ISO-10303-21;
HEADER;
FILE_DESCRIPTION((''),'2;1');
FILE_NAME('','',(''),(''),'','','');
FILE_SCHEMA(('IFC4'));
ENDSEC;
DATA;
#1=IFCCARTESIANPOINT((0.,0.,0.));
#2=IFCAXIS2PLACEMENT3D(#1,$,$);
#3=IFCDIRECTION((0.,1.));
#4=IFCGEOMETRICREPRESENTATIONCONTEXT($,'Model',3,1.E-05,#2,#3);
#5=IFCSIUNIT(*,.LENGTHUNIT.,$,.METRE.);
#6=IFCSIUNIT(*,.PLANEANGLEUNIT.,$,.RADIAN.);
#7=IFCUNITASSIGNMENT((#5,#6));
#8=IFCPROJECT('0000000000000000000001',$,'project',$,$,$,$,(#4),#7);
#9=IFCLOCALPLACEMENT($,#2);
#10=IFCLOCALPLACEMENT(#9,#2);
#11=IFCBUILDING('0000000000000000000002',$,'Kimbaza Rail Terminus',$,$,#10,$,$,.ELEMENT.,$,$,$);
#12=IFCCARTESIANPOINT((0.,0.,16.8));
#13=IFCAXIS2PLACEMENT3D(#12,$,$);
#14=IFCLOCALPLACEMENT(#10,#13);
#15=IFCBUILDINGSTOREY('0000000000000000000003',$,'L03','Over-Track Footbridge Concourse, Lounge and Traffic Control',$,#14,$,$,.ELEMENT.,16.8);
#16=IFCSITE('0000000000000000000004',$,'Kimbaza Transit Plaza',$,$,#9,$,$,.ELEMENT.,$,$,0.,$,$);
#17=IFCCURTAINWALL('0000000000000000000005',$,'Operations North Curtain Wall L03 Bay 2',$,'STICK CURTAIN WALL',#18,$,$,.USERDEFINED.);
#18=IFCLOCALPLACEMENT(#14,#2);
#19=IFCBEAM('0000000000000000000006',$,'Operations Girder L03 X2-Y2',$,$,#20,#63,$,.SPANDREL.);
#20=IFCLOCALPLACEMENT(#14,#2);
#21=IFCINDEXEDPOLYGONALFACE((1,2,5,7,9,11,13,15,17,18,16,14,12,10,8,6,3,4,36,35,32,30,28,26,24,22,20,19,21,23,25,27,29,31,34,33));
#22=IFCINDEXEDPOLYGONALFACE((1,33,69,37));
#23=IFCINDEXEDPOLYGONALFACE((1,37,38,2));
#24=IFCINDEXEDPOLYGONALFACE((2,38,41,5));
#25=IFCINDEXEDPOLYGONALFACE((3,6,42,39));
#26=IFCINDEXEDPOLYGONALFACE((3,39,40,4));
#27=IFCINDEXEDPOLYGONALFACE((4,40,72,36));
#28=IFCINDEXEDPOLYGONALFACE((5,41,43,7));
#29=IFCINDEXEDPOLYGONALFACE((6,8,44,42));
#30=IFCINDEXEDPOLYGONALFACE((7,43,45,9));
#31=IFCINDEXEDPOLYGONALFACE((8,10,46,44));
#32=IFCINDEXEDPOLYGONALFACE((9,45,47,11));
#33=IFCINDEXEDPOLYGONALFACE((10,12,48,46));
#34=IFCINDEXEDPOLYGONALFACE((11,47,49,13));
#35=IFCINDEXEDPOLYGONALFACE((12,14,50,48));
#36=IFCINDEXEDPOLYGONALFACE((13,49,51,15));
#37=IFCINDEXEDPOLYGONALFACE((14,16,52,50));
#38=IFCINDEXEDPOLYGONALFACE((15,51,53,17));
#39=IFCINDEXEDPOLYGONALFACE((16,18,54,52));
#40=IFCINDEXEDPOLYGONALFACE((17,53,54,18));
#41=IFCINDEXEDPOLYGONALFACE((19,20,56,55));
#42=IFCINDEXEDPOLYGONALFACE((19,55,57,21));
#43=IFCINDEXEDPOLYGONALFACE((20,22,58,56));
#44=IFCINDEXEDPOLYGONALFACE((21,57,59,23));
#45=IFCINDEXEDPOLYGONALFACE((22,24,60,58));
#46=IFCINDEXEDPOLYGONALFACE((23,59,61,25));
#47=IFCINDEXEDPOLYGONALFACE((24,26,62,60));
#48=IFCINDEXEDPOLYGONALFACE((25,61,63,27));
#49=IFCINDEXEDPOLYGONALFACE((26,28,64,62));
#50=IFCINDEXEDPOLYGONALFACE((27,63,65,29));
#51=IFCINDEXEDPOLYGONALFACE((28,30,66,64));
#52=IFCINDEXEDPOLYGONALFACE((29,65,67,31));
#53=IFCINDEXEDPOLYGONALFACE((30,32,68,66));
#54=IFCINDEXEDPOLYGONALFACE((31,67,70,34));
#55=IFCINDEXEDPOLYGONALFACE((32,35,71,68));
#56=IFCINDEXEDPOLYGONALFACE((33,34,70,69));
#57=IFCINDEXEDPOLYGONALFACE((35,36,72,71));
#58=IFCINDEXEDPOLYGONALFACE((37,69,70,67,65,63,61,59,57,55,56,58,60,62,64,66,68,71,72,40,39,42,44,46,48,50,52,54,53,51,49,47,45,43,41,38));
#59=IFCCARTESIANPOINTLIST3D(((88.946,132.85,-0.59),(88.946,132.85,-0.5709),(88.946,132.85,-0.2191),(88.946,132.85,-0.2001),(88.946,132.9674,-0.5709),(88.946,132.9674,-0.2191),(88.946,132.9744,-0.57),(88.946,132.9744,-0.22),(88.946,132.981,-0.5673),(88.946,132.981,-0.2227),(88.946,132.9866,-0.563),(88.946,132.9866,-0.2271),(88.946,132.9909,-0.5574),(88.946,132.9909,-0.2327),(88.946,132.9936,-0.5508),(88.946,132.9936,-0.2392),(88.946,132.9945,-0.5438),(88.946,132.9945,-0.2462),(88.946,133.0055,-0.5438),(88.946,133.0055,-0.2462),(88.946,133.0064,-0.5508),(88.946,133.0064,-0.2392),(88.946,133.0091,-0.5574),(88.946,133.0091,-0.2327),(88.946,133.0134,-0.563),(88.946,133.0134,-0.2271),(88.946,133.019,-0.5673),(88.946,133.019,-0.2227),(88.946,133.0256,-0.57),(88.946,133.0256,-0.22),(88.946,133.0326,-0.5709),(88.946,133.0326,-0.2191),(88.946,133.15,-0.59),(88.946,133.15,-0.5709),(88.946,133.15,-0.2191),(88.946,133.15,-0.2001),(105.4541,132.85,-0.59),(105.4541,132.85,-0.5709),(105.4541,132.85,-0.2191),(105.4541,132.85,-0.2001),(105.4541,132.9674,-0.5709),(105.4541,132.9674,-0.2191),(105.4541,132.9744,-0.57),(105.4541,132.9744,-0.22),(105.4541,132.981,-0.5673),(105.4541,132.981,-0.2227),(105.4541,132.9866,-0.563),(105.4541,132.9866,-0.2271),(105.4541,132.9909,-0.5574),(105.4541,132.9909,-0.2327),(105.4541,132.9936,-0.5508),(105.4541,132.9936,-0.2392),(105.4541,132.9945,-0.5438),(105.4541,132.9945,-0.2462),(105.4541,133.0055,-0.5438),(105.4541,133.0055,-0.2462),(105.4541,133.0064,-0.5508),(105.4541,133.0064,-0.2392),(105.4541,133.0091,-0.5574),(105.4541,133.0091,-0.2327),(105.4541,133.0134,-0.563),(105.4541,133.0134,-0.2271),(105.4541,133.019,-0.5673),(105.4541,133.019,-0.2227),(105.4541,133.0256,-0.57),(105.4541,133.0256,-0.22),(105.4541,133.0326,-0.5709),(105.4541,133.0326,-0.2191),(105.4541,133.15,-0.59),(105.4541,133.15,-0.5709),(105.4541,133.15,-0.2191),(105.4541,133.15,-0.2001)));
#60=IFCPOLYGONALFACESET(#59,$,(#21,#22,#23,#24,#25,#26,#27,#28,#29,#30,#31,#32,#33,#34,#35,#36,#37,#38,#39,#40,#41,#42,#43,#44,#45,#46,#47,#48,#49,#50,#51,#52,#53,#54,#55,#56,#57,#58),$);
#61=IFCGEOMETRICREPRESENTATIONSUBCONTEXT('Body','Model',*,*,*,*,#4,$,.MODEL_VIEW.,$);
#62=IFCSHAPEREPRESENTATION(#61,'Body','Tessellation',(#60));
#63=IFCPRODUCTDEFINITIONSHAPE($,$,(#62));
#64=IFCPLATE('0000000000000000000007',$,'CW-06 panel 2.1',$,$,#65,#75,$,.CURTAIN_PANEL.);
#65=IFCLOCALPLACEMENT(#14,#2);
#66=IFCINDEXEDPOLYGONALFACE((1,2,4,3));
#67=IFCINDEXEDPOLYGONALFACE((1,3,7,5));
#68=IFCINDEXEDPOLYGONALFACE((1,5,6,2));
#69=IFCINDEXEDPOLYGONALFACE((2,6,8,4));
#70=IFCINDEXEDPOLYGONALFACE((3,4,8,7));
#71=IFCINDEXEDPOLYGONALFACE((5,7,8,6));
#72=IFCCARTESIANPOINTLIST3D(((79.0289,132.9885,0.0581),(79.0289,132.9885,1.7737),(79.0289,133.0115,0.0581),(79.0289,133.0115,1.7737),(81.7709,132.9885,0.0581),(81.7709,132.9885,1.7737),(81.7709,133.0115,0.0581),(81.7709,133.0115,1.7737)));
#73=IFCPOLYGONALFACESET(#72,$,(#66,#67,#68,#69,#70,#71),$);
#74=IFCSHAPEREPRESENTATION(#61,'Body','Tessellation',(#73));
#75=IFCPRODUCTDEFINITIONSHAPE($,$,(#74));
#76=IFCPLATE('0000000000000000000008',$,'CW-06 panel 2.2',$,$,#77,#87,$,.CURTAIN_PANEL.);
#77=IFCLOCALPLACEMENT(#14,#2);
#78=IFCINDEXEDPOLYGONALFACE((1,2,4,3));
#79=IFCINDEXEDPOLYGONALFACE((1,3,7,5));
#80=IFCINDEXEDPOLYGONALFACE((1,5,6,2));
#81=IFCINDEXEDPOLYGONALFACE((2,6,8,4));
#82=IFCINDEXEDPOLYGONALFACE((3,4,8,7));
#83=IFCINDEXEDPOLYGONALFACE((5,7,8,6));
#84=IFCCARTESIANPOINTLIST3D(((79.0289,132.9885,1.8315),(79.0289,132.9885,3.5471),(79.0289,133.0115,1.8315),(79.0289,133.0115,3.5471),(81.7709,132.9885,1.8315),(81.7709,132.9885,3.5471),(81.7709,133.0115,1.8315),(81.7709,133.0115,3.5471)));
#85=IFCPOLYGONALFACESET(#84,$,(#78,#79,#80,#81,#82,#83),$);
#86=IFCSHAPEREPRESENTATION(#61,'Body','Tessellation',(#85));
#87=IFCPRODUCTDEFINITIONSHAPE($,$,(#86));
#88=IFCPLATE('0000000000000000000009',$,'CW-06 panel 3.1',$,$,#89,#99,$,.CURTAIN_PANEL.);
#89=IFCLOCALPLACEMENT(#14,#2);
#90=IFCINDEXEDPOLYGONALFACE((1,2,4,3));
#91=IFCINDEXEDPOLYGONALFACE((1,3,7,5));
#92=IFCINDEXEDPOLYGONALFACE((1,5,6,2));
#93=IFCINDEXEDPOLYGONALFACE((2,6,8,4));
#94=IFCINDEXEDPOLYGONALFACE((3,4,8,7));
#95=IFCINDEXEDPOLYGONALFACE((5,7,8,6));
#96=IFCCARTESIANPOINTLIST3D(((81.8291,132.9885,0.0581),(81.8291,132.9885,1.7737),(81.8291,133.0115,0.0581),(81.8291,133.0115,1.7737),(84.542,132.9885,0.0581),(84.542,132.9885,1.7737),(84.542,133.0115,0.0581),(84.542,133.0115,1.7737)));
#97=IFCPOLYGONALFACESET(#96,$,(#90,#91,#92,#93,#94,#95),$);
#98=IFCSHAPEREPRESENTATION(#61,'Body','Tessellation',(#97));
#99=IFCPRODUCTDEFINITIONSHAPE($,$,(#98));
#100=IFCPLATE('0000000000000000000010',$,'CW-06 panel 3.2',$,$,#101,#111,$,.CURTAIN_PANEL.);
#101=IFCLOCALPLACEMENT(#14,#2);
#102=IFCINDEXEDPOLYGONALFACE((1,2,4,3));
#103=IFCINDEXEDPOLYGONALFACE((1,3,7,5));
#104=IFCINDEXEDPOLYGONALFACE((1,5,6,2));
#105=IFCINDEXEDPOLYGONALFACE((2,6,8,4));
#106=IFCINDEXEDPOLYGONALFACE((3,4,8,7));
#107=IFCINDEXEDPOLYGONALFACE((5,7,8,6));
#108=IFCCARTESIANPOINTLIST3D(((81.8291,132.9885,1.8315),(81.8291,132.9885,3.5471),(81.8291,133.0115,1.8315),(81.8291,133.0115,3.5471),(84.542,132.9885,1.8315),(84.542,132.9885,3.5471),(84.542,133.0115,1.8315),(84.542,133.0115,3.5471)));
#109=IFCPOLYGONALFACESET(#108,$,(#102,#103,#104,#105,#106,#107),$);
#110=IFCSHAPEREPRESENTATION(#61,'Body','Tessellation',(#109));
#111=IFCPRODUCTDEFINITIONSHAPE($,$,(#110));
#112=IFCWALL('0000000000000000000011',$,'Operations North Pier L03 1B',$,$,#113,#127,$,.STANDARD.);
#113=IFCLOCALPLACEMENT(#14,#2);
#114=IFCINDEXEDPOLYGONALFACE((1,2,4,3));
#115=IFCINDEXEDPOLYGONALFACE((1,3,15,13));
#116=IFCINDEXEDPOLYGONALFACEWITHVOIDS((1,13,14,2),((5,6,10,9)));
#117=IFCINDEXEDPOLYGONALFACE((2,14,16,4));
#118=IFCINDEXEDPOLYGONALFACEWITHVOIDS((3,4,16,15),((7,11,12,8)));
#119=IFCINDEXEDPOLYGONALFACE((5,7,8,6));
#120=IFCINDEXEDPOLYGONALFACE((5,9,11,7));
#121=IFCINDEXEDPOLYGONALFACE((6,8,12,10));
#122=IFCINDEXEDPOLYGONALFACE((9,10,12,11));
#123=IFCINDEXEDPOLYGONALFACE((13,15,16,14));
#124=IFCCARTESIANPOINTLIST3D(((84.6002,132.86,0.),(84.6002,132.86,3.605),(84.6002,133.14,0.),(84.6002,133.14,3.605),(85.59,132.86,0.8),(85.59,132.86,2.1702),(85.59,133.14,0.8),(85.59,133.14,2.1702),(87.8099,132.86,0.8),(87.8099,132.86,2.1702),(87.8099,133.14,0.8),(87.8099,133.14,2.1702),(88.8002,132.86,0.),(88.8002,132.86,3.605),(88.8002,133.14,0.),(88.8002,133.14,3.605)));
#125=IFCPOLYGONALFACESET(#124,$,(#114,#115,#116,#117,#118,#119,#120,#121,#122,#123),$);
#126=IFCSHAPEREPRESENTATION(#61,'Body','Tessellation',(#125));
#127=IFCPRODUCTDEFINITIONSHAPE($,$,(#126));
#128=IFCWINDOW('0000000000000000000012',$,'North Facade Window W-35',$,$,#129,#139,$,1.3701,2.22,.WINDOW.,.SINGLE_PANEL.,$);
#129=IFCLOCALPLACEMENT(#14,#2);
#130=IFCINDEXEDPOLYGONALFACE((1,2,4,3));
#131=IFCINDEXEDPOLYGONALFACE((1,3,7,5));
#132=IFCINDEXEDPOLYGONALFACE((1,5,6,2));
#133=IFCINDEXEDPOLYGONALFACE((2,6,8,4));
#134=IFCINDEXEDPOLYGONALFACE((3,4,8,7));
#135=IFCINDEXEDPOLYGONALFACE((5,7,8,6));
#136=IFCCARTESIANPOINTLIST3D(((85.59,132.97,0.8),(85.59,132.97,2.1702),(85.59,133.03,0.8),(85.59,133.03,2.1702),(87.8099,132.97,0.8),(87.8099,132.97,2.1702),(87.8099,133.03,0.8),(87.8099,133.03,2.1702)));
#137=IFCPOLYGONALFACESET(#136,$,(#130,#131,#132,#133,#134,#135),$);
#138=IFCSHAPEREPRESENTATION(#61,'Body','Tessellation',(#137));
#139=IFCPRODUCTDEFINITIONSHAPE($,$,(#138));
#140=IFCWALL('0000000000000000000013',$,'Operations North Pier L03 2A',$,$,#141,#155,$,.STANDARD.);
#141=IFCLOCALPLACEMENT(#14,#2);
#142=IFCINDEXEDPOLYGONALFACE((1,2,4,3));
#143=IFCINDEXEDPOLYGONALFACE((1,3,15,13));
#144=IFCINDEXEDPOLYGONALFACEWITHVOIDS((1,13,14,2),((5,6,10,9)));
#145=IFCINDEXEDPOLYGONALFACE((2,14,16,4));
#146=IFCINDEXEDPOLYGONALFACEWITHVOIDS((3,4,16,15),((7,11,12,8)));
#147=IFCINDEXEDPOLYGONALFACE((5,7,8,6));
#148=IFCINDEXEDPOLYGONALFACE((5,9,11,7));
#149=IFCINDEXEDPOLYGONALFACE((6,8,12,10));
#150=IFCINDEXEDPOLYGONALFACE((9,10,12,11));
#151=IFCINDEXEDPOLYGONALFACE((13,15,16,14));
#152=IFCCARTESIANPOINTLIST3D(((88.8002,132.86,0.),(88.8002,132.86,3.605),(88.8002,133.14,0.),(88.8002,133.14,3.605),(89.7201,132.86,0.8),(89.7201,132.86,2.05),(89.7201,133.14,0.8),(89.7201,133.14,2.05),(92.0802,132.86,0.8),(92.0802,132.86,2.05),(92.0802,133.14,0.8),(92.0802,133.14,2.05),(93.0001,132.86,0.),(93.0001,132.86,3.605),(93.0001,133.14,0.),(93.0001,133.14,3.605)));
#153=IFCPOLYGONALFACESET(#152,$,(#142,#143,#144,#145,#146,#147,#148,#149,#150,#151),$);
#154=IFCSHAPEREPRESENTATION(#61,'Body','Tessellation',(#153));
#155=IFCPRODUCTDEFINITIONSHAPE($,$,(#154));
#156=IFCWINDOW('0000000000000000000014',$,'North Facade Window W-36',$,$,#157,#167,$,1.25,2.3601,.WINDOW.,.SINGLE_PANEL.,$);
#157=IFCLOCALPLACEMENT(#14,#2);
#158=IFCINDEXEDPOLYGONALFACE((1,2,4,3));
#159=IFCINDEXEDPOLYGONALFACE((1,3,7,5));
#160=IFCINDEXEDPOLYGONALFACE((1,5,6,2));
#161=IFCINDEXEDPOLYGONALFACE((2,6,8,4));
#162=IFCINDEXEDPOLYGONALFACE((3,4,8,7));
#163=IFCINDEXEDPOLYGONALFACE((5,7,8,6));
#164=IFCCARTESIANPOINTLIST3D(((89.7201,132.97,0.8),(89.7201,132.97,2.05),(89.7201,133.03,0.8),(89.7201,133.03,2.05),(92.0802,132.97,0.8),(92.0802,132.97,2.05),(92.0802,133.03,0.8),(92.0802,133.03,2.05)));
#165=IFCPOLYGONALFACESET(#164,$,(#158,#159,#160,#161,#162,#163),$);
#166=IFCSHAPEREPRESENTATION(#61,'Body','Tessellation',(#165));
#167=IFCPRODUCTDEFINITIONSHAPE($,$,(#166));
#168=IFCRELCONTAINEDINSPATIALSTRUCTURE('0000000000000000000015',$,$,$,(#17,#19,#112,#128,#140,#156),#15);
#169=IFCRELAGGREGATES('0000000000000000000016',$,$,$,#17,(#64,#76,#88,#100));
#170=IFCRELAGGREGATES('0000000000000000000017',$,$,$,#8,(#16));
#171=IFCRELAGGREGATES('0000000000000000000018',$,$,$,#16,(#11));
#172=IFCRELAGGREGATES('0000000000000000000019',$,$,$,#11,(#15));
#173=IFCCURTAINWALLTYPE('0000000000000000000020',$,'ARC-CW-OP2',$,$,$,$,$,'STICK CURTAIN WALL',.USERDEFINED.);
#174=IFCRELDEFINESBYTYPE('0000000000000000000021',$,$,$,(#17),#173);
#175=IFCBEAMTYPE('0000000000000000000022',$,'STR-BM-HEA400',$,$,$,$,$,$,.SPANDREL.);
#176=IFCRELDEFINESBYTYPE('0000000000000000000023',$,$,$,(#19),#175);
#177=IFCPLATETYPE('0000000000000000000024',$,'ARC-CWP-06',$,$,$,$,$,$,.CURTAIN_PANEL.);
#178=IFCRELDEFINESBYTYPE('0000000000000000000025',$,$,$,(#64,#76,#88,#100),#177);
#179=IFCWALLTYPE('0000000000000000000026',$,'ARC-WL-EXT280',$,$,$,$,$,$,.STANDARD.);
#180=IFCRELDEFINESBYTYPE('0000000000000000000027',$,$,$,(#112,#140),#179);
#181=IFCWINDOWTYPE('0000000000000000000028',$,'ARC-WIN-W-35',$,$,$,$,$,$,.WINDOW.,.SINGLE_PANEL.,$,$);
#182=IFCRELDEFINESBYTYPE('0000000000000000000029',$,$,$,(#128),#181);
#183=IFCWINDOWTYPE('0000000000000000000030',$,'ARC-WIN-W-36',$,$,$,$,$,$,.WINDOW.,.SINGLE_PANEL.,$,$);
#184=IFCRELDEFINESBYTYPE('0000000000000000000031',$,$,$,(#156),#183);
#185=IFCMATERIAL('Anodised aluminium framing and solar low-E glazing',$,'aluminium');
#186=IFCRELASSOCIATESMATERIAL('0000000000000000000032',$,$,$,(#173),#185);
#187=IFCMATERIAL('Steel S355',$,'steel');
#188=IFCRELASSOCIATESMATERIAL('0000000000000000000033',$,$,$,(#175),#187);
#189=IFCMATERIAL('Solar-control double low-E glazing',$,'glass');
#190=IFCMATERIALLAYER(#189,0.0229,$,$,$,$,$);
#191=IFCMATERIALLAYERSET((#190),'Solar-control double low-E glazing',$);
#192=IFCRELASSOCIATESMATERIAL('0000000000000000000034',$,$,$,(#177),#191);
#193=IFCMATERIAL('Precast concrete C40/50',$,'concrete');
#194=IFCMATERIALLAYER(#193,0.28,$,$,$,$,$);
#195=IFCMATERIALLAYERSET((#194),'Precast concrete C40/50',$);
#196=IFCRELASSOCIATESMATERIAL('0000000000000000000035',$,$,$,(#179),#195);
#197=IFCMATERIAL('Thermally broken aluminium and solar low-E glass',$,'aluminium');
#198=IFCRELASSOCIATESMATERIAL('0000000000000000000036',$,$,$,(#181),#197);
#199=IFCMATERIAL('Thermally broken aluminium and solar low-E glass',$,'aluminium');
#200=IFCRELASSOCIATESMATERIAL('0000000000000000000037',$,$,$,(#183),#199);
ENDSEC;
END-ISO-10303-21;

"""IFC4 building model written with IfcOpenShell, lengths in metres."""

from ifc_helpers import new_model, si_unit, direction, frame, frame_2d, origin, origin_2d, place, context, subcontext, project, spatial, rectangle, i_section, extrude, material, layer, layer_set, material_profile, profile_set, type_object, element, fill, aggregate, save


model = new_model("IFC4")

# Units and contexts
model_context = context("Model", 3, precision=1e-05, world=origin(), true_north=direction((0.0, 1.0)))
body_context = subcontext(model_context, "Body", "Model", "MODEL_VIEW")
ifc_project = project(units=[si_unit("LENGTHUNIT", "METRE"), si_unit("PLANEANGLEUNIT", "RADIAN")], contexts=[model_context])

# Site, building, storey
site_placement = place(None, origin())
site = spatial("IfcSite", under=ifc_project, at=site_placement, Name="Kimbaza Transit Plaza", CompositionType="ELEMENT", RefElevation=0.0)
building_placement = place(site_placement, origin())
building = spatial("IfcBuilding", under=site, at=building_placement, Name="Kimbaza Rail Terminus", CompositionType="ELEMENT")
storey_placement = place(building_placement, frame((0.0, 0.0, 16.8)))
storey = spatial("IfcBuildingStorey", under=building, at=storey_placement, Name="L03", Description="Over-Track Footbridge Concourse, Lounge and Traffic Control", CompositionType="ELEMENT", Elevation=16.8)

# Curtain wall
ifc_material_1 = material(Name="Anodised aluminium framing and solar low-E glazing", Category="aluminium")
curtain_wall_type = type_object("IfcCurtainWallType", Name="ARC-CW-OP2", ElementType="STICK CURTAIN WALL", PredefinedType="USERDEFINED", material=ifc_material_1)
curtain_wall_1_placement = place(storey_placement, origin())
curtain_wall_1 = element("IfcCurtainWall", 1, at=curtain_wall_1_placement, inside=storey, type_object=curtain_wall_type, Name="Operations North Curtain Wall L03 Bay 2", ObjectType="STICK CURTAIN WALL", PredefinedType="USERDEFINED")

# Beam
ifc_material_2 = material(Name="Steel S355", Category="steel")
ifc_material_profile_1 = material_profile(ifc_material_2, i_section(OverallWidth=0.3, OverallDepth=0.3899, WebThickness=0.011, FlangeThickness=0.019, FilletRadius=0.0271, at=origin_2d()), Name="HEA 400")
ifc_profile_set_1 = profile_set([ifc_material_profile_1], Name="Steel S355")
beam_type = type_object("IfcBeamType", Name="STR-BM-HEA400", PredefinedType="SPANDREL", material=ifc_profile_set_1)
beam_placement = place(storey_placement, frame((88.946, 133.0, -0.395), z_axis=(1.0, 0.0, 0.0), x_axis=(0.0, 1.0, 0.0)))
element("IfcBeam", 2, at=beam_placement, inside=storey, type_object=beam_type, Name="Operations Girder L03 X2-Y2", PredefinedType="SPANDREL", context=body_context, shape_type="SweptSolid", body=[
    extrude(i_section(OverallWidth=0.3, OverallDepth=0.3899, WebThickness=0.011, FlangeThickness=0.019, FilletRadius=0.0271, at=origin_2d()), origin(), (0.0, 0.0, 1.0), 16.5081),
])

# Plates
ifc_material_3 = material(Name="Solar-control double low-E glazing", Category="glass")
ifc_layer_1 = layer(ifc_material_3, 0.0229)
ifc_layer_set_1 = layer_set([ifc_layer_1], Name="Solar-control double low-E glazing")
plate_type = type_object("IfcPlateType", Name="ARC-CWP-06", PredefinedType="CURTAIN_PANEL", material=ifc_layer_set_1)
plate_1_placement = place(storey_placement, frame((80.3999, 133.0, 0.0581), z_axis=(0.0, 0.0, 1.0), x_axis=(1.0, 0.0, 0.0)))
plate_1 = element("IfcPlate", 3, at=plate_1_placement, type_object=plate_type, Name="CW-06 panel 2.1", PredefinedType="CURTAIN_PANEL", context=body_context, shape_type="SweptSolid", body=[
    extrude(rectangle(XDim=2.7419, YDim=0.0229, at=origin_2d()), origin(), (0.0, 0.0, 1.0), 1.7156),
])
plate_2_placement = place(storey_placement, frame((80.3999, 133.0, 1.8315), z_axis=(0.0, 0.0, 1.0), x_axis=(1.0, 0.0, 0.0)))
plate_2 = element("IfcPlate", 4, at=plate_2_placement, type_object=plate_type, Name="CW-06 panel 2.2", PredefinedType="CURTAIN_PANEL", context=body_context, shape_type="SweptSolid", body=[
    extrude(rectangle(XDim=2.7419, YDim=0.0229, at=origin_2d()), origin(), (0.0, 0.0, 1.0), 1.7156),
])
plate_3_placement = place(storey_placement, frame((83.1855, 133.0, 0.0581), z_axis=(0.0, 0.0, 1.0), x_axis=(1.0, 0.0, 0.0)))
plate_3 = element("IfcPlate", 5, at=plate_3_placement, type_object=plate_type, Name="CW-06 panel 3.1", PredefinedType="CURTAIN_PANEL", context=body_context, shape_type="SweptSolid", body=[
    extrude(rectangle(XDim=2.7129, YDim=0.0229, at=origin_2d()), origin(), (0.0, 0.0, 1.0), 1.7156),
])
plate_4_placement = place(storey_placement, frame((83.1855, 133.0, 1.8315), z_axis=(0.0, 0.0, 1.0), x_axis=(1.0, 0.0, 0.0)))
plate_4 = element("IfcPlate", 6, at=plate_4_placement, type_object=plate_type, Name="CW-06 panel 3.2", PredefinedType="CURTAIN_PANEL", context=body_context, shape_type="SweptSolid", body=[
    extrude(rectangle(XDim=2.7129, YDim=0.0229, at=origin_2d()), origin(), (0.0, 0.0, 1.0), 1.7156),
])
aggregate(curtain_wall_1, [plate_1, plate_2, plate_3, plate_4])

# Walls, openings, windows
ifc_material_4 = material(Name="Precast concrete C40/50", Category="concrete")
ifc_layer_2 = layer(ifc_material_4, 0.28)
ifc_layer_set_2 = layer_set([ifc_layer_2], Name="Precast concrete C40/50")
wall_type_1 = type_object("IfcWallType", Name="ARC-WL-EXT280", PredefinedType="STANDARD", material=ifc_layer_set_2)
wall_1_placement = place(storey_placement, frame((84.6001, 133.0, 0.0), z_axis=(0.0, 0.0, 1.0), x_axis=(1.0, 0.0, 0.0)))
wall_1 = element("IfcWall", 7, at=wall_1_placement, inside=storey, type_object=wall_type_1, Name="Operations North Pier L03 1B", PredefinedType="STANDARD", context=body_context, shape_type="SweptSolid", body=[
    extrude(rectangle(XDim=4.2, YDim=0.28, at=frame_2d((2.1001, 0.0))), origin(), (0.0, 0.0, 1.0), 3.605),
])
opening_1_placement = place(wall_1_placement, frame((0.99, 0.0, 0.8)))
opening_1 = element("IfcOpeningElement", 8, at=opening_1_placement, cuts=wall_1, PredefinedType="OPENING", context=body_context, shape_type="SweptSolid", body=[
    extrude(rectangle(XDim=2.22, YDim=1.3701, at=frame_2d((1.1099, 0.6851))), frame((0.0, 0.1499, 0.0), z_axis=(0.0, -1.0, 0.0), x_axis=(1.0, 0.0, 0.0)), (0.0, 0.0, 1.0), 0.3),
])
ifc_material_5 = material(Name="Thermally broken aluminium and solar low-E glass", Category="aluminium")
window_type_1 = type_object("IfcWindowType", Name="ARC-WIN-W-35", PartitioningType="SINGLE_PANEL", PredefinedType="WINDOW", material=ifc_material_5)
window_1_placement = place(opening_1_placement, origin())
window_1 = element("IfcWindow", 9, at=window_1_placement, inside=storey, type_object=window_type_1, Name="North Facade Window W-35", OverallHeight=1.3701, OverallWidth=2.22, PartitioningType="SINGLE_PANEL", PredefinedType="WINDOW", context=body_context, shape_type="SweptSolid", body=[
    extrude(rectangle(XDim=2.22, YDim=1.3701, at=frame_2d((1.1099, 0.6851))), frame((0.0, 0.03, 0.0), z_axis=(0.0, -1.0, 0.0), x_axis=(1.0, 0.0, 0.0)), (0.0, 0.0, 1.0), 0.0601),
])
fill(opening_1, window_1)
wall_2_placement = place(storey_placement, frame((88.8, 133.0, 0.0), z_axis=(0.0, 0.0, 1.0), x_axis=(1.0, 0.0, 0.0)))
wall_2 = element("IfcWall", 10, at=wall_2_placement, inside=storey, type_object=wall_type_1, Name="Operations North Pier L03 2A", PredefinedType="STANDARD", context=body_context, shape_type="SweptSolid", body=[
    extrude(rectangle(XDim=4.2, YDim=0.28, at=frame_2d((2.1001, 0.0))), origin(), (0.0, 0.0, 1.0), 3.605),
])
opening_2_placement = place(wall_2_placement, frame((0.9199, 0.0, 0.8)))
opening_2 = element("IfcOpeningElement", 11, at=opening_2_placement, cuts=wall_2, PredefinedType="OPENING", context=body_context, shape_type="SweptSolid", body=[
    extrude(rectangle(XDim=2.3601, YDim=1.25, at=frame_2d((1.1802, 0.625))), frame((0.0, 0.1499, 0.0), z_axis=(0.0, -1.0, 0.0), x_axis=(1.0, 0.0, 0.0)), (0.0, 0.0, 1.0), 0.3),
])
ifc_material_6 = material(Name="Thermally broken aluminium and solar low-E glass", Category="aluminium")
window_type_2 = type_object("IfcWindowType", Name="ARC-WIN-W-36", PartitioningType="SINGLE_PANEL", PredefinedType="WINDOW", material=ifc_material_6)
window_2_placement = place(opening_2_placement, origin())
window_2 = element("IfcWindow", 12, at=window_2_placement, inside=storey, type_object=window_type_2, Name="North Facade Window W-36", OverallHeight=1.25, OverallWidth=2.3601, PartitioningType="SINGLE_PANEL", PredefinedType="WINDOW", context=body_context, shape_type="SweptSolid", body=[
    extrude(rectangle(XDim=2.3601, YDim=1.25, at=frame_2d((1.1802, 0.625))), frame((0.0, 0.03, 0.0), z_axis=(0.0, -1.0, 0.0), x_axis=(1.0, 0.0, 0.0)), (0.0, 0.0, 1.0), 0.0601),
])
fill(opening_2, window_2)

save(model, "model.ifc")
